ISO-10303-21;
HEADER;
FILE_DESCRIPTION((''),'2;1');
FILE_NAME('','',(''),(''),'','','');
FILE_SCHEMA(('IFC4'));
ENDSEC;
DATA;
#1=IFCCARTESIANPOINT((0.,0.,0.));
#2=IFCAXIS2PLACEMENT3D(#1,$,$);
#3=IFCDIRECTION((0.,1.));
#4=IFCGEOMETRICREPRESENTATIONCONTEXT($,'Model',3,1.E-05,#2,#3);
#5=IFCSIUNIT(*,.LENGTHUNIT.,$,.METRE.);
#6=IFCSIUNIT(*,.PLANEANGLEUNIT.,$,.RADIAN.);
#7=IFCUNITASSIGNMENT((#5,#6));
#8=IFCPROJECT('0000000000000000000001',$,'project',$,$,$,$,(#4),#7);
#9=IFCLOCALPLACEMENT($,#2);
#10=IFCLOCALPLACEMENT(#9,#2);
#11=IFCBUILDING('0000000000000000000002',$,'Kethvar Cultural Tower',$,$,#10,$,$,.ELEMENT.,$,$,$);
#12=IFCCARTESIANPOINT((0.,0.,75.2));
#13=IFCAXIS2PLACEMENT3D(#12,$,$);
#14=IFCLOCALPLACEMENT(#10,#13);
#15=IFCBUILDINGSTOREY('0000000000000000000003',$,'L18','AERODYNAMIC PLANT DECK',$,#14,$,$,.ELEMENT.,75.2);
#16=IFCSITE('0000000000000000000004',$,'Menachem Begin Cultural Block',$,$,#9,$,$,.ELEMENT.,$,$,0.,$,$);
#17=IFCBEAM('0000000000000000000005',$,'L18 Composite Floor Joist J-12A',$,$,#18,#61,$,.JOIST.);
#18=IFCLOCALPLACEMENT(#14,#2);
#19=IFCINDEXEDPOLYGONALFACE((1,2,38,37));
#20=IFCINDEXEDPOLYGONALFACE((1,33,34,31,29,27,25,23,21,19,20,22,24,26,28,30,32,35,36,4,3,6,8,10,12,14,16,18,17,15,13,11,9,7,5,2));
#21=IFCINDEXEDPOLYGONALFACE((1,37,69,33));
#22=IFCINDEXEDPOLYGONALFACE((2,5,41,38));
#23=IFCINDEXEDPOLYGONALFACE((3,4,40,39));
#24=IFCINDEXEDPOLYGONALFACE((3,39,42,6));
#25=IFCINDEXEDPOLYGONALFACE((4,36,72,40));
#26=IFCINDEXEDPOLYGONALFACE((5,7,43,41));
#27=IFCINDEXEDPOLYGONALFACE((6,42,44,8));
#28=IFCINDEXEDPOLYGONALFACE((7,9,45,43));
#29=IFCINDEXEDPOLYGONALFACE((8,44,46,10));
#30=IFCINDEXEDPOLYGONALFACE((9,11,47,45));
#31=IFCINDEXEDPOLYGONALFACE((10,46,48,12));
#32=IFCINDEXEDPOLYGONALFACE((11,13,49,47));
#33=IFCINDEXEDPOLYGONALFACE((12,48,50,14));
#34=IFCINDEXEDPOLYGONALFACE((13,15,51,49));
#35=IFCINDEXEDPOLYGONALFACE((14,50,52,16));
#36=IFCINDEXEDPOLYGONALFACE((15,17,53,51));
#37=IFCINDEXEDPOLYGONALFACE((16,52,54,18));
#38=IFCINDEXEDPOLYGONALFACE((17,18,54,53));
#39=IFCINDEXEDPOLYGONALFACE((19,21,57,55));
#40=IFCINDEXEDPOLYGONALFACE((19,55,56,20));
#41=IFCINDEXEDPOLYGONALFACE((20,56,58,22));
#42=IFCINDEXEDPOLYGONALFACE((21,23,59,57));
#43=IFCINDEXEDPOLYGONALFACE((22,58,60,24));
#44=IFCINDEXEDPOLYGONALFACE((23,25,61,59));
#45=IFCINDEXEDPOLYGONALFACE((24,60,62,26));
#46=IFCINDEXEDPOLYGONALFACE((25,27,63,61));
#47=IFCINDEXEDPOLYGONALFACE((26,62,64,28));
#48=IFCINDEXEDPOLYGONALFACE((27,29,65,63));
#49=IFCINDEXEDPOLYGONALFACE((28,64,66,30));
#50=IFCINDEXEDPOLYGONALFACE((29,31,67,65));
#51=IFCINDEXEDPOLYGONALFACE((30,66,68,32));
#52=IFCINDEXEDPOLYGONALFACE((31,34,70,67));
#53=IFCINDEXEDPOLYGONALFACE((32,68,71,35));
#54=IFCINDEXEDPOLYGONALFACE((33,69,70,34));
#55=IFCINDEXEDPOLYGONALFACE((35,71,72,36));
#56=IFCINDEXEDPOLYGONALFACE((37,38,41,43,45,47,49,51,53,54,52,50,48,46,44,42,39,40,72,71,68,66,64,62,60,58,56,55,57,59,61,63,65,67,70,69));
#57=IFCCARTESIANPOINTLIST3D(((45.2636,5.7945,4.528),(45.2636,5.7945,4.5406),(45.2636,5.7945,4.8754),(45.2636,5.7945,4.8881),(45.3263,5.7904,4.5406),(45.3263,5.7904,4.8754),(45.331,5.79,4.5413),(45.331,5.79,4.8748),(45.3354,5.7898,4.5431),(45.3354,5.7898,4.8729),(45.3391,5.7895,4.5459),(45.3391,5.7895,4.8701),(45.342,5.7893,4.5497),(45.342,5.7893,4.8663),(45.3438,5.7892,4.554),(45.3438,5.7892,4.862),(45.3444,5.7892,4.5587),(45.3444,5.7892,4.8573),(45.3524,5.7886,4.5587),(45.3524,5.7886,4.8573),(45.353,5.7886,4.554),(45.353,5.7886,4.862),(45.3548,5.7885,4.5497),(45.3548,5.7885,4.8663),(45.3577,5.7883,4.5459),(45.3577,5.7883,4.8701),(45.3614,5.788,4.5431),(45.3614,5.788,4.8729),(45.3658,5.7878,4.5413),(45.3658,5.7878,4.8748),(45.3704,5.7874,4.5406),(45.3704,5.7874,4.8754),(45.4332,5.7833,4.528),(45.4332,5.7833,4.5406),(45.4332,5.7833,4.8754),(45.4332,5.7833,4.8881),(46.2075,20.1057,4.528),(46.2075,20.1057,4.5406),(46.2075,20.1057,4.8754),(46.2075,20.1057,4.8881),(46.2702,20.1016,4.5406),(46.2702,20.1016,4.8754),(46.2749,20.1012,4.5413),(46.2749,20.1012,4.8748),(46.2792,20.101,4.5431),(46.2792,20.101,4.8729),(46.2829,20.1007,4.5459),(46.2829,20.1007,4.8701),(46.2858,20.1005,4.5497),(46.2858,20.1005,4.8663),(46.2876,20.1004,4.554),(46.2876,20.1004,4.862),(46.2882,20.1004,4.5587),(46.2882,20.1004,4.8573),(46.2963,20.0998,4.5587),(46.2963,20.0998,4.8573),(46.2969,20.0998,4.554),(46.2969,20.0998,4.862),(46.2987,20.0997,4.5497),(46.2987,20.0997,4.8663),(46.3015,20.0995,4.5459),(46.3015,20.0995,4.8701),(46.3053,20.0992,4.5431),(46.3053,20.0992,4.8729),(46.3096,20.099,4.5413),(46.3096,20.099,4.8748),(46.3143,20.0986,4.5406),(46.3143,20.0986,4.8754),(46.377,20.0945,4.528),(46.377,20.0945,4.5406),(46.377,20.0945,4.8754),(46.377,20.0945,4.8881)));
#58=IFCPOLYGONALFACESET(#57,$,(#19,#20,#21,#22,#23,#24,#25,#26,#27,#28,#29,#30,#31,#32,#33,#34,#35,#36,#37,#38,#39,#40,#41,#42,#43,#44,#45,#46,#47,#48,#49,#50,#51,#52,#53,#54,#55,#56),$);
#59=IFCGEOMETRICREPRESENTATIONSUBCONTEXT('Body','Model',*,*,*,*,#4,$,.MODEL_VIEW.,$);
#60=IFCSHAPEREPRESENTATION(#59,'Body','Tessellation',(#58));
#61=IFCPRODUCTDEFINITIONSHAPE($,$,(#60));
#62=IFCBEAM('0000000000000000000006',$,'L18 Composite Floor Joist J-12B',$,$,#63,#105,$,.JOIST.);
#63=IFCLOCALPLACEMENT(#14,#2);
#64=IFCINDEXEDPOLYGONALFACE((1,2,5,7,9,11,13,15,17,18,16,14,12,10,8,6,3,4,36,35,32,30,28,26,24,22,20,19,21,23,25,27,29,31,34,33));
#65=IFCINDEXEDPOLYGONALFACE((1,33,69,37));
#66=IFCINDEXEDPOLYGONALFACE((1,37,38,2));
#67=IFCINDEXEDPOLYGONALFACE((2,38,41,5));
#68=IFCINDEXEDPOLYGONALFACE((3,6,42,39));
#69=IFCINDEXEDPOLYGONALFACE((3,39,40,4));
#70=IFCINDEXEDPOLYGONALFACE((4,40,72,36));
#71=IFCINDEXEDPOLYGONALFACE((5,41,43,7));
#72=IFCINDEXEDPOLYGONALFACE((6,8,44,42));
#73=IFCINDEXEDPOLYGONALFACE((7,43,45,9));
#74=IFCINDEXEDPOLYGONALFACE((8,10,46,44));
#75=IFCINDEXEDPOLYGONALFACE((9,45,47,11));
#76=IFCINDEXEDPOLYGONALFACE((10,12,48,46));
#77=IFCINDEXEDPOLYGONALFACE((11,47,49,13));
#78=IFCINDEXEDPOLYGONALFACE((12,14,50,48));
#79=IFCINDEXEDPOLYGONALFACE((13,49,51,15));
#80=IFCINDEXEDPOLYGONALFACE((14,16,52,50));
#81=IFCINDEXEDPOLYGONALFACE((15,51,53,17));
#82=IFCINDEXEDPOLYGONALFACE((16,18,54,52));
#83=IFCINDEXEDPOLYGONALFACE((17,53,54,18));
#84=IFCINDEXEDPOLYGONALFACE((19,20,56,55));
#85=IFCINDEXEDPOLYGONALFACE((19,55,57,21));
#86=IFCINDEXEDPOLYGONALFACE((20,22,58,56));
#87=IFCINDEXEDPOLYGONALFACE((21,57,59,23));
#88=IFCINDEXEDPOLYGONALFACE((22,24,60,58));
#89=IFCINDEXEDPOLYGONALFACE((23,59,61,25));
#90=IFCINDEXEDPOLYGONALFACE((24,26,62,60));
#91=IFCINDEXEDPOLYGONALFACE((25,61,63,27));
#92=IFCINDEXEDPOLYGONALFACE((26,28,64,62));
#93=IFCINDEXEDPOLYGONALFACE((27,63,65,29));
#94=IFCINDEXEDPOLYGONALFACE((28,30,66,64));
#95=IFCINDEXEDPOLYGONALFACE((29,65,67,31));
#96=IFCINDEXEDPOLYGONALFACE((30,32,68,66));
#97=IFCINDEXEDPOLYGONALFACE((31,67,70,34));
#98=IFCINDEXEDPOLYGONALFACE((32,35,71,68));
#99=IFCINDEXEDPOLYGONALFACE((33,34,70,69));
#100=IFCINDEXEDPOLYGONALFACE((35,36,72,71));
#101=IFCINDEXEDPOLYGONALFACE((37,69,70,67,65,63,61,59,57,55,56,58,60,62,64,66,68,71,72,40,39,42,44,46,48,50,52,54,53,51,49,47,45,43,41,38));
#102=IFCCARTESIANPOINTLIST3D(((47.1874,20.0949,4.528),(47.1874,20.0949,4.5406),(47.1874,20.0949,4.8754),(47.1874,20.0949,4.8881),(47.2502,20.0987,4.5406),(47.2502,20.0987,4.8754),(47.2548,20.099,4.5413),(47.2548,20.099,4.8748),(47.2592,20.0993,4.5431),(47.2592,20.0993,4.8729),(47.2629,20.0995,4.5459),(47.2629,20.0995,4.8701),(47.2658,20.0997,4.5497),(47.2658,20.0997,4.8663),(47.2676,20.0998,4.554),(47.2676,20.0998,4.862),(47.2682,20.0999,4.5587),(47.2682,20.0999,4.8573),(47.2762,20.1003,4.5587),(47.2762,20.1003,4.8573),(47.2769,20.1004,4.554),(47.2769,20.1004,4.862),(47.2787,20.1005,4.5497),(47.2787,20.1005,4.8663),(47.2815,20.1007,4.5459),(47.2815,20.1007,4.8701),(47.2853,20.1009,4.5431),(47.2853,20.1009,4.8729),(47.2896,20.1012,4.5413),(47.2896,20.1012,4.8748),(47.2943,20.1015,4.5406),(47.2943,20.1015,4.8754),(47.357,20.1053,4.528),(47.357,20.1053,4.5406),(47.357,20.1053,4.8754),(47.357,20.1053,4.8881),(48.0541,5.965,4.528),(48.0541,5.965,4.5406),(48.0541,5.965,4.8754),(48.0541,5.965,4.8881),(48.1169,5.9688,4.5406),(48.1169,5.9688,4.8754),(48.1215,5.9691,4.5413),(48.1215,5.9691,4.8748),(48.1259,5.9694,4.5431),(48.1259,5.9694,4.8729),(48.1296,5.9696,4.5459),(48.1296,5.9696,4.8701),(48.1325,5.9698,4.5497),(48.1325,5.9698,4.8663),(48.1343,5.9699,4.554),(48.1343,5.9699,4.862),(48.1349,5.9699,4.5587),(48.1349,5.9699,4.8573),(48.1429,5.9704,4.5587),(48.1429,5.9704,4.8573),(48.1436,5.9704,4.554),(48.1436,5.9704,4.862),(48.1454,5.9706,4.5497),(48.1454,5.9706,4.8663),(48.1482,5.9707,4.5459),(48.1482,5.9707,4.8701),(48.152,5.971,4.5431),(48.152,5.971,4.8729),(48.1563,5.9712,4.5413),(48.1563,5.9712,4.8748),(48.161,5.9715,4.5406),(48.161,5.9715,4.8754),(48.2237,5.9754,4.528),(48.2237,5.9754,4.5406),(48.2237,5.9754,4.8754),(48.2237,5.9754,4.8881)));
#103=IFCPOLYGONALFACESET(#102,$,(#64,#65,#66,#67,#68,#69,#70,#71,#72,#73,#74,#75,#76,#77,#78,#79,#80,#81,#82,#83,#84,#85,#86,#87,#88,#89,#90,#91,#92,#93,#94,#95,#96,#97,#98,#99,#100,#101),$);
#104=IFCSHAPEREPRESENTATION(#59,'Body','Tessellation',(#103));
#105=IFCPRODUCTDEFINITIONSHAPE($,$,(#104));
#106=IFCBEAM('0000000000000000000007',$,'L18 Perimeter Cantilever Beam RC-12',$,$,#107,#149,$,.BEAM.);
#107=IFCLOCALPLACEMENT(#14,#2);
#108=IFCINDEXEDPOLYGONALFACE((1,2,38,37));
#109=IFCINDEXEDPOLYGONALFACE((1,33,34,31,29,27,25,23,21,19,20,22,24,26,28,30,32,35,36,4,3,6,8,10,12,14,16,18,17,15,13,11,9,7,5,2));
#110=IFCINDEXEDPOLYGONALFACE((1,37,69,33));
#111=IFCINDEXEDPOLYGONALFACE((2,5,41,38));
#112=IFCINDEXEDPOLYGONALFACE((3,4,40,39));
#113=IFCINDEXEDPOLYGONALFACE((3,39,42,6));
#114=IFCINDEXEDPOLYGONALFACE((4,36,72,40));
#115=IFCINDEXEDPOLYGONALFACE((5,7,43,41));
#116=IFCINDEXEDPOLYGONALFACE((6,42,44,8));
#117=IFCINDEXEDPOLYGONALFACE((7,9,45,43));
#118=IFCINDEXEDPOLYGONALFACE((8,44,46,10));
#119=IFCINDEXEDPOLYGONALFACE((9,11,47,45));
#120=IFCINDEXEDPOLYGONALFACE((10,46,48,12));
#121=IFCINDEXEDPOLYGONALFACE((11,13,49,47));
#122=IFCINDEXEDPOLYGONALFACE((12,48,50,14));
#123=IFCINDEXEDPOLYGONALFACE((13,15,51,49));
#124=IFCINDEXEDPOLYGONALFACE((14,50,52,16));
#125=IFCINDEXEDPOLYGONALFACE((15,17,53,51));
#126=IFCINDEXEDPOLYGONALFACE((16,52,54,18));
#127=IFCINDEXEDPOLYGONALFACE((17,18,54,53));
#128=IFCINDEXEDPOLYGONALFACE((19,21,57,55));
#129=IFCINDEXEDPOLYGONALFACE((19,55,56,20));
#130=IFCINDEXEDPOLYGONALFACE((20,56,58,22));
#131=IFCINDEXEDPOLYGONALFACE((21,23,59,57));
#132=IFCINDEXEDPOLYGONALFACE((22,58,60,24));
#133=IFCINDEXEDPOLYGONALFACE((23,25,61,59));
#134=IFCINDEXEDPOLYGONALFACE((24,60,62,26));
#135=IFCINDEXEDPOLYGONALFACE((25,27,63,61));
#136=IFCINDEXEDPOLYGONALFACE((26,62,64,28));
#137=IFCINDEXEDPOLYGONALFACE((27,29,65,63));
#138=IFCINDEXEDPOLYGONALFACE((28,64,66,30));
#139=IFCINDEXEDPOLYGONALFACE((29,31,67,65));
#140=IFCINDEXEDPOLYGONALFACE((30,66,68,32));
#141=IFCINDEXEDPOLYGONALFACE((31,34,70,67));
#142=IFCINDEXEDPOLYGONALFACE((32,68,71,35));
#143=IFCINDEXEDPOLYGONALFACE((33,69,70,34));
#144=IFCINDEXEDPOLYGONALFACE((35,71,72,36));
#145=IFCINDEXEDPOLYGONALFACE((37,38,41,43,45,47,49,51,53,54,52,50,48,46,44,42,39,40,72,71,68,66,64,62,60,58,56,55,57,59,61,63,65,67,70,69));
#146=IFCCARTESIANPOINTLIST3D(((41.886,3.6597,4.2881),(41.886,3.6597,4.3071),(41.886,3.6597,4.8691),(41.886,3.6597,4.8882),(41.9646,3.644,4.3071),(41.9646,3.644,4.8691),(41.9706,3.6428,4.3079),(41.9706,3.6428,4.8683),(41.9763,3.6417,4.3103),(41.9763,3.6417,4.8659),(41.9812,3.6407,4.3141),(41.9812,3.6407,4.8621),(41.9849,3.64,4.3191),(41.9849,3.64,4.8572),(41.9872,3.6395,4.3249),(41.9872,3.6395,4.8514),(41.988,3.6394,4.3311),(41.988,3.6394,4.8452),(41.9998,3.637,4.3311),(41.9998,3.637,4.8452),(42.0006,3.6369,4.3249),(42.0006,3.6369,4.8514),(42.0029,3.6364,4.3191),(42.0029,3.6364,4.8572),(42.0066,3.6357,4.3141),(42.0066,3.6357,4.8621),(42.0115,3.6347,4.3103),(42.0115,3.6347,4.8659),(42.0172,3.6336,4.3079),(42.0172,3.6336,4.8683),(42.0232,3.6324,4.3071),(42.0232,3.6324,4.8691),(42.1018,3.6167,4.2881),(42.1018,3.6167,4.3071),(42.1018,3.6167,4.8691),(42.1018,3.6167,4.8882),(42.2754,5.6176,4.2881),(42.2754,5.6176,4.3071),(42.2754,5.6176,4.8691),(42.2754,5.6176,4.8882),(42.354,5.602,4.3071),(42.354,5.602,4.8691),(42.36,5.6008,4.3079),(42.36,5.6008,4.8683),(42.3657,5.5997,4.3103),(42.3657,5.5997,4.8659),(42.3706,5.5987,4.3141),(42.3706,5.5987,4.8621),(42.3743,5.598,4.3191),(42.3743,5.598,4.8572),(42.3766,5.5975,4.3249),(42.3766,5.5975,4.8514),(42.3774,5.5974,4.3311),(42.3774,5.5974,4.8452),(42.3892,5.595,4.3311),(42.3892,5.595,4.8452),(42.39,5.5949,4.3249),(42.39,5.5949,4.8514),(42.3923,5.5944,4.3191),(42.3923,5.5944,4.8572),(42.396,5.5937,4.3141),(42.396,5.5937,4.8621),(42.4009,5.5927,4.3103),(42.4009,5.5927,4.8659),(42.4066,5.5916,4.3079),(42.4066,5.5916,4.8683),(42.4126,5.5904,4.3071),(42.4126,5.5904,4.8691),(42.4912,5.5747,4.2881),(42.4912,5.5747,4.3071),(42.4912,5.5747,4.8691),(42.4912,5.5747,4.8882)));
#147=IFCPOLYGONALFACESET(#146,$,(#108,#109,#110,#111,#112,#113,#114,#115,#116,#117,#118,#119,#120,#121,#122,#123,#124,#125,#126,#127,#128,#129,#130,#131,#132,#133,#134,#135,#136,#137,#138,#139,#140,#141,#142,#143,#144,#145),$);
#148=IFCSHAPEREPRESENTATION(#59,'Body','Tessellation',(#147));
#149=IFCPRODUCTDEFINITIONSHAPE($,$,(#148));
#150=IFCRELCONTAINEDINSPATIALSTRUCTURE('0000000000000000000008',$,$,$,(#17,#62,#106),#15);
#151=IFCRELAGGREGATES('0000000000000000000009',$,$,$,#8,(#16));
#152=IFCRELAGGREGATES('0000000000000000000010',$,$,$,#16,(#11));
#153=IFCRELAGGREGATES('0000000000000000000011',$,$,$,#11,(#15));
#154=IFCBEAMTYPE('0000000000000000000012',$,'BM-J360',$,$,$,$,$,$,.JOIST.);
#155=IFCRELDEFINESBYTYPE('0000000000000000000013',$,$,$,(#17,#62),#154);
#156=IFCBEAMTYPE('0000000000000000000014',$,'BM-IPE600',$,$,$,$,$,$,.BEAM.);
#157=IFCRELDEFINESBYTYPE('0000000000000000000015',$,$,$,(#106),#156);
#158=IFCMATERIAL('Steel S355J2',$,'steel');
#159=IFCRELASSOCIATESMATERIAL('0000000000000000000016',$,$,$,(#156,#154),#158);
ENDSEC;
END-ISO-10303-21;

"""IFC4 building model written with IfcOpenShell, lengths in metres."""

from ifc_helpers import new_model, si_unit, direction, frame, origin, origin_2d, place, context, subcontext, project, spatial, i_section, extrude, source, transform, mapped, material, material_profile, profile_set, type_object, element, save


model = new_model("IFC4")

# Units and contexts
model_context = context("Model", 3, precision=1e-05, world=origin(), true_north=direction((0.0, 1.0)))
body_context = subcontext(model_context, "Body", "Model", "MODEL_VIEW")
ifc_project = project(units=[si_unit("LENGTHUNIT", "METRE"), si_unit("PLANEANGLEUNIT", "RADIAN")], contexts=[model_context])

# Site, building, storey
site_placement = place(None, origin())
site = spatial("IfcSite", under=ifc_project, at=site_placement, Name="Menachem Begin Cultural Block", CompositionType="ELEMENT", RefElevation=0.0)
building_placement = place(site_placement, origin())
building = spatial("IfcBuilding", under=site, at=building_placement, Name="Kethvar Cultural Tower", CompositionType="ELEMENT")
storey_placement = place(building_placement, frame((0.0, 0.0, 75.2)))
storey = spatial("IfcBuildingStorey", under=building, at=storey_placement, Name="L18", Description="AERODYNAMIC PLANT DECK", CompositionType="ELEMENT", Elevation=75.2)

# Beams
ifc_material_1 = material(Name="Steel S355J2", Category="steel")
ifc_material_profile_1 = material_profile(ifc_material_1, i_section(OverallWidth=0.22, OverallDepth=0.6001, WebThickness=0.012, FlangeThickness=0.019, FilletRadius=0.0239, at=origin_2d()), Name="Steel S355J2 — IPE600")
ifc_profile_set_1 = profile_set([ifc_material_profile_1], Name="Steel S355J2 — IPE600")
beam_type_1 = type_object("IfcBeamType", Name="BM-IPE600", PredefinedType="BEAM", material=ifc_profile_set_1)
ifc_material_profile_2 = material_profile(ifc_material_1, i_section(OverallWidth=0.1699, OverallDepth=0.3601, WebThickness=0.0081, FlangeThickness=0.0127, FilletRadius=0.0181, at=origin_2d()), Name="Steel S355J2 — IPE360")
ifc_profile_set_2 = profile_set([ifc_material_profile_2], Name="Steel S355J2 — IPE360")
beam_type_2 = type_object("IfcBeamType", Name="BM-J360", PredefinedType="JOIST", material=ifc_profile_set_2)
shared_shape_1 = source(origin(), body_context, "Body", "SweptSolid", [
    extrude(i_section(OverallWidth=0.1699, OverallDepth=0.3601, WebThickness=0.0081, FlangeThickness=0.0127, FilletRadius=0.0181, at=origin_2d()), origin(), (0.0, 0.0, 1.0), 14.3423),
])
beam_1_placement = place(storey_placement, frame((46.2922, 20.1001, 4.708), z_axis=(-0.065808, -0.997832, 0.0), x_axis=(0.997832, -0.065808, 0.0)))
element("IfcBeam", 1, at=beam_1_placement, inside=storey, type_object=beam_type_2, Name="L18 Composite Floor Joist J-12A", PredefinedType="JOIST", context=body_context, shape_type="MappedRepresentation", body=[
    mapped(shared_shape_1, transform((0.0, 0.0, 0.0), scale=1.0)),
])
shared_shape_2 = source(origin(), body_context, "Body", "SweptSolid", [
    extrude(i_section(OverallWidth=0.1699, OverallDepth=0.3601, WebThickness=0.0081, FlangeThickness=0.0127, FilletRadius=0.0181, at=origin_2d()), origin(), (0.0, 0.0, 1.0), 14.1565),
])
beam_2_placement = place(storey_placement, frame((47.2722, 20.1001, 4.708), z_axis=(0.061223, -0.998124, 0.0), x_axis=(0.998124, 0.061223, 0.0)))
element("IfcBeam", 2, at=beam_2_placement, inside=storey, type_object=beam_type_2, Name="L18 Composite Floor Joist J-12B", PredefinedType="JOIST", context=body_context, shape_type="MappedRepresentation", body=[
    mapped(shared_shape_2, transform((0.0, 0.0, 0.0), scale=1.0)),
])
shared_shape_3 = source(origin(), body_context, "Body", "SweptSolid", [
    extrude(i_section(OverallWidth=0.22, OverallDepth=0.6001, WebThickness=0.012, FlangeThickness=0.019, FilletRadius=0.0239, at=origin_2d()), origin(), (0.0, 0.0, 1.0), 1.9963),
])
beam_3_placement = place(storey_placement, frame((42.3833, 5.5962, 4.5881), z_axis=(-0.195058, -0.980792, 0.0), x_axis=(0.980792, -0.195058, 0.0)))
element("IfcBeam", 3, at=beam_3_placement, inside=storey, type_object=beam_type_1, Name="L18 Perimeter Cantilever Beam RC-12", PredefinedType="BEAM", context=body_context, shape_type="MappedRepresentation", body=[
    mapped(shared_shape_3, transform((0.0, 0.0, 0.0), scale=1.0)),
])

save(model, "model.ifc")
